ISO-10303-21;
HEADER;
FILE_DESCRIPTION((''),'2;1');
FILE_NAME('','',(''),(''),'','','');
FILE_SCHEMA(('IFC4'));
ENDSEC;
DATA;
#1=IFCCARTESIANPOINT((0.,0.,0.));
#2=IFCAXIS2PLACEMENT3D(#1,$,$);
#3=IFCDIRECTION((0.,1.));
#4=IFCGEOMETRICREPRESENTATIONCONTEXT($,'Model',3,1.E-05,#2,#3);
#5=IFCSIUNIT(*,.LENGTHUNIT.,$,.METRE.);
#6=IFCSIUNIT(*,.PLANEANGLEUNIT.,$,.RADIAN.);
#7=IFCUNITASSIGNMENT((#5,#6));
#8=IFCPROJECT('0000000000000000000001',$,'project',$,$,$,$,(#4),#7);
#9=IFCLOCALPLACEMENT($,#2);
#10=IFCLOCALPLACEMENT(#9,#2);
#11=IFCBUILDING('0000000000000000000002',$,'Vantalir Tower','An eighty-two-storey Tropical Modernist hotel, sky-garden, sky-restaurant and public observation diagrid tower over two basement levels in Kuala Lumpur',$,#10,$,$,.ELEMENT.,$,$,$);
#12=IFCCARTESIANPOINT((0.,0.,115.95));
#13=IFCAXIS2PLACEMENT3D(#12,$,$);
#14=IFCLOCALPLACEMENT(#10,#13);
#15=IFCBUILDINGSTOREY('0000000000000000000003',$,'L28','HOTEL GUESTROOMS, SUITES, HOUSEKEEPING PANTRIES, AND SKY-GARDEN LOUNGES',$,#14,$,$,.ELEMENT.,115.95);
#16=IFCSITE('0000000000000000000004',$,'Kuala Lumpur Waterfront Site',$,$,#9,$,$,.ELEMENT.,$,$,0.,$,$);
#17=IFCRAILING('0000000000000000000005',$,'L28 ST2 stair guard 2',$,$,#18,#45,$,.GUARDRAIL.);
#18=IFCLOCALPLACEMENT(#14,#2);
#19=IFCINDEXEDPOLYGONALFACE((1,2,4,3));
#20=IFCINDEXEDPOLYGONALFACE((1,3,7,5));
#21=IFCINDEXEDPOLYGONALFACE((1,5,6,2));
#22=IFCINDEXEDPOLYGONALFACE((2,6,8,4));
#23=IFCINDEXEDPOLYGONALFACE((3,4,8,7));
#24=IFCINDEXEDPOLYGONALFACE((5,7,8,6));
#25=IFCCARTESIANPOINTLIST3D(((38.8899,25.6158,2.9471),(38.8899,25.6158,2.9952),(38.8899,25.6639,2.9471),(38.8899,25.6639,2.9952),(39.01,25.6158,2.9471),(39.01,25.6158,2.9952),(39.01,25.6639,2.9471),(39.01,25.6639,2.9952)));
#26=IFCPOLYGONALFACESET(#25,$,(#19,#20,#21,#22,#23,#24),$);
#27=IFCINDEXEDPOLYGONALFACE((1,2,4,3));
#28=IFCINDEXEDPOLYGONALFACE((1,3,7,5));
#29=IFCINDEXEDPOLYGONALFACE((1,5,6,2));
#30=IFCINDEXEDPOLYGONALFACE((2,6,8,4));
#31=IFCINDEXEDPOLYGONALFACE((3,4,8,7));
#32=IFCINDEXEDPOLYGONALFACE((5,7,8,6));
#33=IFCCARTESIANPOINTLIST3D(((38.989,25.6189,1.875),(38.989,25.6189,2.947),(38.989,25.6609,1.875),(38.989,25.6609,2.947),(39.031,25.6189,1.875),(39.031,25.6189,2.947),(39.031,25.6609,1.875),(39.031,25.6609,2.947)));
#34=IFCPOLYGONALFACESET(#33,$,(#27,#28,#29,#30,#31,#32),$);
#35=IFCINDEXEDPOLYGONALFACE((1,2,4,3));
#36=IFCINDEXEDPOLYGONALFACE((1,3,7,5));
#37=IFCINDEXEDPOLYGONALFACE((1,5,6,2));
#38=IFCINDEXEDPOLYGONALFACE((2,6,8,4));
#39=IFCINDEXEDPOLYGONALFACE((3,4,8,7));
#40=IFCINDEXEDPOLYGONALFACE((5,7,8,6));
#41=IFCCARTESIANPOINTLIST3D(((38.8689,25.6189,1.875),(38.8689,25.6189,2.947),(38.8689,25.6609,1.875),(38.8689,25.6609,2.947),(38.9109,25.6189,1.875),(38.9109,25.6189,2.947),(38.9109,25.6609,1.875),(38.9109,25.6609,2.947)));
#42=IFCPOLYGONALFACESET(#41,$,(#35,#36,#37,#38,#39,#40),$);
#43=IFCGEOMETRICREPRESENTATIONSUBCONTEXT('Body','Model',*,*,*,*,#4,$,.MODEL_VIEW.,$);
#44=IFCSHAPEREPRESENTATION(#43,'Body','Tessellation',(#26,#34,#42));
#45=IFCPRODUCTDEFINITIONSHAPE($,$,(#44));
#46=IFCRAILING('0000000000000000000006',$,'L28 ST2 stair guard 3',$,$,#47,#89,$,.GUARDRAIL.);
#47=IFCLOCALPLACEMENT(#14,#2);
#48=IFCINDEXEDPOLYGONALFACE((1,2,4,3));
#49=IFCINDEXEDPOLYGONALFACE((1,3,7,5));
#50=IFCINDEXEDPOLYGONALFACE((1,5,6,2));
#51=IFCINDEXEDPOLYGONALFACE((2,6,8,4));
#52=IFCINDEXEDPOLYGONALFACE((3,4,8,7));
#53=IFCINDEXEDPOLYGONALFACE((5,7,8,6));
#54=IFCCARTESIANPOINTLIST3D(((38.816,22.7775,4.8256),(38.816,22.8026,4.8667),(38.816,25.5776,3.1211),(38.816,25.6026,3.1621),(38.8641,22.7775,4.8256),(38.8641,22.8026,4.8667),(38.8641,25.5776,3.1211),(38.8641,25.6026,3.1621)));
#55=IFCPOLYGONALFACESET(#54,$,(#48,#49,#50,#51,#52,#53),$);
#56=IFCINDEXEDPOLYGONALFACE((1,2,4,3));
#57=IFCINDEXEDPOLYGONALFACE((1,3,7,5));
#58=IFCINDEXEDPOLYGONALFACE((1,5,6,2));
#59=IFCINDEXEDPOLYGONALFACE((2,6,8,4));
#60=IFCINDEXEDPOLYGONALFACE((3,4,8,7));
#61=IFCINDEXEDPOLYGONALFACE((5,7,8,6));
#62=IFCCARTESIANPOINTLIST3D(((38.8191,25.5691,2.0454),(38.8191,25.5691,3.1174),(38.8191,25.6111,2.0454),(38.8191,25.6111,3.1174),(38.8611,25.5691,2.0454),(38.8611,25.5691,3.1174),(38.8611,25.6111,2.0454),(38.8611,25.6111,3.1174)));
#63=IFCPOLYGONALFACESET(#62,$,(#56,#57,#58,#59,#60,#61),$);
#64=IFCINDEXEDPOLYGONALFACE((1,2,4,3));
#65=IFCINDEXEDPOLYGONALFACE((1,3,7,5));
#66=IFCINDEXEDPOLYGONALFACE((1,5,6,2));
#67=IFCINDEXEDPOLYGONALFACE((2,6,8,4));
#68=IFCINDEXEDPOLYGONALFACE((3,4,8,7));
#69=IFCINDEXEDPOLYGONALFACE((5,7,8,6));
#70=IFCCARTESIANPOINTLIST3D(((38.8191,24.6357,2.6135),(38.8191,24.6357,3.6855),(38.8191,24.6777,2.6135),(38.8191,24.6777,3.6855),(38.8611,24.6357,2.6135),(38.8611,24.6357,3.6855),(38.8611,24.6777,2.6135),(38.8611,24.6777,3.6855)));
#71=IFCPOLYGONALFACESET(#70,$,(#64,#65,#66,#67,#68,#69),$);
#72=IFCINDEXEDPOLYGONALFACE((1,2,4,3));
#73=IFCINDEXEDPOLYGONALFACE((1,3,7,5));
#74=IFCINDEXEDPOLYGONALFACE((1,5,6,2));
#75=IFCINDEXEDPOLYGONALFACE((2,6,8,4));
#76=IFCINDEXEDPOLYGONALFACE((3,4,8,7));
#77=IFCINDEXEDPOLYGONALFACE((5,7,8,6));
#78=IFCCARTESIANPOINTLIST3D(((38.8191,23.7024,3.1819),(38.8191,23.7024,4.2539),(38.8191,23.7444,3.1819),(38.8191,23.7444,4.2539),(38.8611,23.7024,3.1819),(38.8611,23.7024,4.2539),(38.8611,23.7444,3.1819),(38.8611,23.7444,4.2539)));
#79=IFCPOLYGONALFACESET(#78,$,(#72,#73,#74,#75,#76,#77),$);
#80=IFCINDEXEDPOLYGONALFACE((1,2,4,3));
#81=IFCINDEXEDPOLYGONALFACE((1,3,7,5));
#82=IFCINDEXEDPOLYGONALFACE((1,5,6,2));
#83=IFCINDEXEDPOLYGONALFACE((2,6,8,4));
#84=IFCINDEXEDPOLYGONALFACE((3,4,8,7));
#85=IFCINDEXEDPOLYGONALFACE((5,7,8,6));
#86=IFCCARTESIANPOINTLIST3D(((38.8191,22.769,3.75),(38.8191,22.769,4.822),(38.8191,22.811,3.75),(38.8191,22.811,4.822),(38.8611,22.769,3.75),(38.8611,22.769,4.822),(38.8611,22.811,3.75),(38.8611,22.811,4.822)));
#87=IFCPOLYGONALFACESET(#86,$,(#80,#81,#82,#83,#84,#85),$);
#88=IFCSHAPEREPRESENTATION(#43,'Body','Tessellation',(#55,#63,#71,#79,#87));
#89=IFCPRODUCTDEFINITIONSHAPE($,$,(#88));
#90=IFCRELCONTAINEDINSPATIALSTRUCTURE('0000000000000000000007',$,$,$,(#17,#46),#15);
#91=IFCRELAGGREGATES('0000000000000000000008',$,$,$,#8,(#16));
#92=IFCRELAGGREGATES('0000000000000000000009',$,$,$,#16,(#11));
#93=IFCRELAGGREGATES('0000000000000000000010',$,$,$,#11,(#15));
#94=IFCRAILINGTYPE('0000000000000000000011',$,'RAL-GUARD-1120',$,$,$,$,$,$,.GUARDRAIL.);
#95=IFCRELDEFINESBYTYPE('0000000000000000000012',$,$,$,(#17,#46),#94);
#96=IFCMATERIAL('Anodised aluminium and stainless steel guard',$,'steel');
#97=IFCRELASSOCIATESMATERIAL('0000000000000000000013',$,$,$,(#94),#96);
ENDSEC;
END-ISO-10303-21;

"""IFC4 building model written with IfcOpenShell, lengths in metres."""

from ifc_helpers import new_model, si_unit, direction, frame, origin, origin_2d, place, context, subcontext, project, spatial, rectangle, extrude, material, type_object, element, save


model = new_model("IFC4")

# Units and contexts
model_context = context("Model", 3, precision=1e-05, world=origin(), true_north=direction((0.0, 1.0)))
body_context = subcontext(model_context, "Body", "Model", "MODEL_VIEW")
ifc_project = project(units=[si_unit("LENGTHUNIT", "METRE"), si_unit("PLANEANGLEUNIT", "RADIAN")], contexts=[model_context])

# Site, building, storey
site_placement = place(None, origin())
site = spatial("IfcSite", under=ifc_project, at=site_placement, Name="Kuala Lumpur Waterfront Site", CompositionType="ELEMENT", RefElevation=0.0)
building_placement = place(site_placement, origin())
building = spatial("IfcBuilding", under=site, at=building_placement, Name="Vantalir Tower", Description="An eighty-two-storey Tropical Modernist hotel, sky-garden, sky-restaurant and public observation diagrid tower over two basement levels in Kuala Lumpur", CompositionType="ELEMENT")
storey_placement = place(building_placement, frame((0.0, 0.0, 115.95)))
storey = spatial("IfcBuildingStorey", under=building, at=storey_placement, Name="L28", Description="HOTEL GUESTROOMS, SUITES, HOUSEKEEPING PANTRIES, AND SKY-GARDEN LOUNGES", CompositionType="ELEMENT", Elevation=115.95)

# Railings
ifc_material_1 = material(Name="Anodised aluminium and stainless steel guard", Category="steel")
railing_type = type_object("IfcRailingType", Name="RAL-GUARD-1120", PredefinedType="GUARDRAIL", material=ifc_material_1)
railing_1_placement = place(storey_placement, frame((39.01, 25.6399, 1.875)))
element("IfcRailing", 1, at=railing_1_placement, inside=storey, type_object=railing_type, Name="L28 ST2 stair guard 2", PredefinedType="GUARDRAIL", context=body_context, shape_type="SweptSolid", body=[
    extrude(rectangle(XDim=0.0481, YDim=0.0481, at=origin_2d()), frame((0.0, 0.0, 1.0962), z_axis=(-1.0, 0.0, 0.0), x_axis=(0.0, -1.0, 0.0)), (0.0, 0.0, 1.0), 0.1201),
    extrude(rectangle(XDim=0.042, YDim=0.042, at=origin_2d()), origin(), (0.0, 0.0, 1.0), 1.072),
    extrude(rectangle(XDim=0.042, YDim=0.042, at=origin_2d()), frame((-0.1201, 0.0, 0.0)), (0.0, 0.0, 1.0), 1.072),
])
railing_2_placement = place(storey_placement, frame((38.8401, 25.5901, 2.0454)))
element("IfcRailing", 2, at=railing_2_placement, inside=storey, type_object=railing_type, Name="L28 ST2 stair guard 3", PredefinedType="GUARDRAIL", context=body_context, shape_type="SweptSolid", body=[
    extrude(rectangle(XDim=0.0481, YDim=0.0481, at=origin_2d()), frame((0.0, 0.0, 1.0962), z_axis=(0.0, -0.85417, 0.519994), x_axis=(1.0, 0.0, 0.0)), (0.0, 0.0, 1.0), 3.2781),
    extrude(rectangle(XDim=0.042, YDim=0.042, at=origin_2d()), origin(), (0.0, 0.0, 1.0), 1.072),
    extrude(rectangle(XDim=0.042, YDim=0.042, at=origin_2d()), frame((0.0, -0.9333, 0.5681)), (0.0, 0.0, 1.0), 1.072),
    extrude(rectangle(XDim=0.042, YDim=0.042, at=origin_2d()), frame((0.0, -1.8667, 1.1365)), (0.0, 0.0, 1.0), 1.072),
    extrude(rectangle(XDim=0.042, YDim=0.042, at=origin_2d()), frame((0.0, -2.8, 1.7046)), (0.0, 0.0, 1.0), 1.072),
])

save(model, "model.ifc")
